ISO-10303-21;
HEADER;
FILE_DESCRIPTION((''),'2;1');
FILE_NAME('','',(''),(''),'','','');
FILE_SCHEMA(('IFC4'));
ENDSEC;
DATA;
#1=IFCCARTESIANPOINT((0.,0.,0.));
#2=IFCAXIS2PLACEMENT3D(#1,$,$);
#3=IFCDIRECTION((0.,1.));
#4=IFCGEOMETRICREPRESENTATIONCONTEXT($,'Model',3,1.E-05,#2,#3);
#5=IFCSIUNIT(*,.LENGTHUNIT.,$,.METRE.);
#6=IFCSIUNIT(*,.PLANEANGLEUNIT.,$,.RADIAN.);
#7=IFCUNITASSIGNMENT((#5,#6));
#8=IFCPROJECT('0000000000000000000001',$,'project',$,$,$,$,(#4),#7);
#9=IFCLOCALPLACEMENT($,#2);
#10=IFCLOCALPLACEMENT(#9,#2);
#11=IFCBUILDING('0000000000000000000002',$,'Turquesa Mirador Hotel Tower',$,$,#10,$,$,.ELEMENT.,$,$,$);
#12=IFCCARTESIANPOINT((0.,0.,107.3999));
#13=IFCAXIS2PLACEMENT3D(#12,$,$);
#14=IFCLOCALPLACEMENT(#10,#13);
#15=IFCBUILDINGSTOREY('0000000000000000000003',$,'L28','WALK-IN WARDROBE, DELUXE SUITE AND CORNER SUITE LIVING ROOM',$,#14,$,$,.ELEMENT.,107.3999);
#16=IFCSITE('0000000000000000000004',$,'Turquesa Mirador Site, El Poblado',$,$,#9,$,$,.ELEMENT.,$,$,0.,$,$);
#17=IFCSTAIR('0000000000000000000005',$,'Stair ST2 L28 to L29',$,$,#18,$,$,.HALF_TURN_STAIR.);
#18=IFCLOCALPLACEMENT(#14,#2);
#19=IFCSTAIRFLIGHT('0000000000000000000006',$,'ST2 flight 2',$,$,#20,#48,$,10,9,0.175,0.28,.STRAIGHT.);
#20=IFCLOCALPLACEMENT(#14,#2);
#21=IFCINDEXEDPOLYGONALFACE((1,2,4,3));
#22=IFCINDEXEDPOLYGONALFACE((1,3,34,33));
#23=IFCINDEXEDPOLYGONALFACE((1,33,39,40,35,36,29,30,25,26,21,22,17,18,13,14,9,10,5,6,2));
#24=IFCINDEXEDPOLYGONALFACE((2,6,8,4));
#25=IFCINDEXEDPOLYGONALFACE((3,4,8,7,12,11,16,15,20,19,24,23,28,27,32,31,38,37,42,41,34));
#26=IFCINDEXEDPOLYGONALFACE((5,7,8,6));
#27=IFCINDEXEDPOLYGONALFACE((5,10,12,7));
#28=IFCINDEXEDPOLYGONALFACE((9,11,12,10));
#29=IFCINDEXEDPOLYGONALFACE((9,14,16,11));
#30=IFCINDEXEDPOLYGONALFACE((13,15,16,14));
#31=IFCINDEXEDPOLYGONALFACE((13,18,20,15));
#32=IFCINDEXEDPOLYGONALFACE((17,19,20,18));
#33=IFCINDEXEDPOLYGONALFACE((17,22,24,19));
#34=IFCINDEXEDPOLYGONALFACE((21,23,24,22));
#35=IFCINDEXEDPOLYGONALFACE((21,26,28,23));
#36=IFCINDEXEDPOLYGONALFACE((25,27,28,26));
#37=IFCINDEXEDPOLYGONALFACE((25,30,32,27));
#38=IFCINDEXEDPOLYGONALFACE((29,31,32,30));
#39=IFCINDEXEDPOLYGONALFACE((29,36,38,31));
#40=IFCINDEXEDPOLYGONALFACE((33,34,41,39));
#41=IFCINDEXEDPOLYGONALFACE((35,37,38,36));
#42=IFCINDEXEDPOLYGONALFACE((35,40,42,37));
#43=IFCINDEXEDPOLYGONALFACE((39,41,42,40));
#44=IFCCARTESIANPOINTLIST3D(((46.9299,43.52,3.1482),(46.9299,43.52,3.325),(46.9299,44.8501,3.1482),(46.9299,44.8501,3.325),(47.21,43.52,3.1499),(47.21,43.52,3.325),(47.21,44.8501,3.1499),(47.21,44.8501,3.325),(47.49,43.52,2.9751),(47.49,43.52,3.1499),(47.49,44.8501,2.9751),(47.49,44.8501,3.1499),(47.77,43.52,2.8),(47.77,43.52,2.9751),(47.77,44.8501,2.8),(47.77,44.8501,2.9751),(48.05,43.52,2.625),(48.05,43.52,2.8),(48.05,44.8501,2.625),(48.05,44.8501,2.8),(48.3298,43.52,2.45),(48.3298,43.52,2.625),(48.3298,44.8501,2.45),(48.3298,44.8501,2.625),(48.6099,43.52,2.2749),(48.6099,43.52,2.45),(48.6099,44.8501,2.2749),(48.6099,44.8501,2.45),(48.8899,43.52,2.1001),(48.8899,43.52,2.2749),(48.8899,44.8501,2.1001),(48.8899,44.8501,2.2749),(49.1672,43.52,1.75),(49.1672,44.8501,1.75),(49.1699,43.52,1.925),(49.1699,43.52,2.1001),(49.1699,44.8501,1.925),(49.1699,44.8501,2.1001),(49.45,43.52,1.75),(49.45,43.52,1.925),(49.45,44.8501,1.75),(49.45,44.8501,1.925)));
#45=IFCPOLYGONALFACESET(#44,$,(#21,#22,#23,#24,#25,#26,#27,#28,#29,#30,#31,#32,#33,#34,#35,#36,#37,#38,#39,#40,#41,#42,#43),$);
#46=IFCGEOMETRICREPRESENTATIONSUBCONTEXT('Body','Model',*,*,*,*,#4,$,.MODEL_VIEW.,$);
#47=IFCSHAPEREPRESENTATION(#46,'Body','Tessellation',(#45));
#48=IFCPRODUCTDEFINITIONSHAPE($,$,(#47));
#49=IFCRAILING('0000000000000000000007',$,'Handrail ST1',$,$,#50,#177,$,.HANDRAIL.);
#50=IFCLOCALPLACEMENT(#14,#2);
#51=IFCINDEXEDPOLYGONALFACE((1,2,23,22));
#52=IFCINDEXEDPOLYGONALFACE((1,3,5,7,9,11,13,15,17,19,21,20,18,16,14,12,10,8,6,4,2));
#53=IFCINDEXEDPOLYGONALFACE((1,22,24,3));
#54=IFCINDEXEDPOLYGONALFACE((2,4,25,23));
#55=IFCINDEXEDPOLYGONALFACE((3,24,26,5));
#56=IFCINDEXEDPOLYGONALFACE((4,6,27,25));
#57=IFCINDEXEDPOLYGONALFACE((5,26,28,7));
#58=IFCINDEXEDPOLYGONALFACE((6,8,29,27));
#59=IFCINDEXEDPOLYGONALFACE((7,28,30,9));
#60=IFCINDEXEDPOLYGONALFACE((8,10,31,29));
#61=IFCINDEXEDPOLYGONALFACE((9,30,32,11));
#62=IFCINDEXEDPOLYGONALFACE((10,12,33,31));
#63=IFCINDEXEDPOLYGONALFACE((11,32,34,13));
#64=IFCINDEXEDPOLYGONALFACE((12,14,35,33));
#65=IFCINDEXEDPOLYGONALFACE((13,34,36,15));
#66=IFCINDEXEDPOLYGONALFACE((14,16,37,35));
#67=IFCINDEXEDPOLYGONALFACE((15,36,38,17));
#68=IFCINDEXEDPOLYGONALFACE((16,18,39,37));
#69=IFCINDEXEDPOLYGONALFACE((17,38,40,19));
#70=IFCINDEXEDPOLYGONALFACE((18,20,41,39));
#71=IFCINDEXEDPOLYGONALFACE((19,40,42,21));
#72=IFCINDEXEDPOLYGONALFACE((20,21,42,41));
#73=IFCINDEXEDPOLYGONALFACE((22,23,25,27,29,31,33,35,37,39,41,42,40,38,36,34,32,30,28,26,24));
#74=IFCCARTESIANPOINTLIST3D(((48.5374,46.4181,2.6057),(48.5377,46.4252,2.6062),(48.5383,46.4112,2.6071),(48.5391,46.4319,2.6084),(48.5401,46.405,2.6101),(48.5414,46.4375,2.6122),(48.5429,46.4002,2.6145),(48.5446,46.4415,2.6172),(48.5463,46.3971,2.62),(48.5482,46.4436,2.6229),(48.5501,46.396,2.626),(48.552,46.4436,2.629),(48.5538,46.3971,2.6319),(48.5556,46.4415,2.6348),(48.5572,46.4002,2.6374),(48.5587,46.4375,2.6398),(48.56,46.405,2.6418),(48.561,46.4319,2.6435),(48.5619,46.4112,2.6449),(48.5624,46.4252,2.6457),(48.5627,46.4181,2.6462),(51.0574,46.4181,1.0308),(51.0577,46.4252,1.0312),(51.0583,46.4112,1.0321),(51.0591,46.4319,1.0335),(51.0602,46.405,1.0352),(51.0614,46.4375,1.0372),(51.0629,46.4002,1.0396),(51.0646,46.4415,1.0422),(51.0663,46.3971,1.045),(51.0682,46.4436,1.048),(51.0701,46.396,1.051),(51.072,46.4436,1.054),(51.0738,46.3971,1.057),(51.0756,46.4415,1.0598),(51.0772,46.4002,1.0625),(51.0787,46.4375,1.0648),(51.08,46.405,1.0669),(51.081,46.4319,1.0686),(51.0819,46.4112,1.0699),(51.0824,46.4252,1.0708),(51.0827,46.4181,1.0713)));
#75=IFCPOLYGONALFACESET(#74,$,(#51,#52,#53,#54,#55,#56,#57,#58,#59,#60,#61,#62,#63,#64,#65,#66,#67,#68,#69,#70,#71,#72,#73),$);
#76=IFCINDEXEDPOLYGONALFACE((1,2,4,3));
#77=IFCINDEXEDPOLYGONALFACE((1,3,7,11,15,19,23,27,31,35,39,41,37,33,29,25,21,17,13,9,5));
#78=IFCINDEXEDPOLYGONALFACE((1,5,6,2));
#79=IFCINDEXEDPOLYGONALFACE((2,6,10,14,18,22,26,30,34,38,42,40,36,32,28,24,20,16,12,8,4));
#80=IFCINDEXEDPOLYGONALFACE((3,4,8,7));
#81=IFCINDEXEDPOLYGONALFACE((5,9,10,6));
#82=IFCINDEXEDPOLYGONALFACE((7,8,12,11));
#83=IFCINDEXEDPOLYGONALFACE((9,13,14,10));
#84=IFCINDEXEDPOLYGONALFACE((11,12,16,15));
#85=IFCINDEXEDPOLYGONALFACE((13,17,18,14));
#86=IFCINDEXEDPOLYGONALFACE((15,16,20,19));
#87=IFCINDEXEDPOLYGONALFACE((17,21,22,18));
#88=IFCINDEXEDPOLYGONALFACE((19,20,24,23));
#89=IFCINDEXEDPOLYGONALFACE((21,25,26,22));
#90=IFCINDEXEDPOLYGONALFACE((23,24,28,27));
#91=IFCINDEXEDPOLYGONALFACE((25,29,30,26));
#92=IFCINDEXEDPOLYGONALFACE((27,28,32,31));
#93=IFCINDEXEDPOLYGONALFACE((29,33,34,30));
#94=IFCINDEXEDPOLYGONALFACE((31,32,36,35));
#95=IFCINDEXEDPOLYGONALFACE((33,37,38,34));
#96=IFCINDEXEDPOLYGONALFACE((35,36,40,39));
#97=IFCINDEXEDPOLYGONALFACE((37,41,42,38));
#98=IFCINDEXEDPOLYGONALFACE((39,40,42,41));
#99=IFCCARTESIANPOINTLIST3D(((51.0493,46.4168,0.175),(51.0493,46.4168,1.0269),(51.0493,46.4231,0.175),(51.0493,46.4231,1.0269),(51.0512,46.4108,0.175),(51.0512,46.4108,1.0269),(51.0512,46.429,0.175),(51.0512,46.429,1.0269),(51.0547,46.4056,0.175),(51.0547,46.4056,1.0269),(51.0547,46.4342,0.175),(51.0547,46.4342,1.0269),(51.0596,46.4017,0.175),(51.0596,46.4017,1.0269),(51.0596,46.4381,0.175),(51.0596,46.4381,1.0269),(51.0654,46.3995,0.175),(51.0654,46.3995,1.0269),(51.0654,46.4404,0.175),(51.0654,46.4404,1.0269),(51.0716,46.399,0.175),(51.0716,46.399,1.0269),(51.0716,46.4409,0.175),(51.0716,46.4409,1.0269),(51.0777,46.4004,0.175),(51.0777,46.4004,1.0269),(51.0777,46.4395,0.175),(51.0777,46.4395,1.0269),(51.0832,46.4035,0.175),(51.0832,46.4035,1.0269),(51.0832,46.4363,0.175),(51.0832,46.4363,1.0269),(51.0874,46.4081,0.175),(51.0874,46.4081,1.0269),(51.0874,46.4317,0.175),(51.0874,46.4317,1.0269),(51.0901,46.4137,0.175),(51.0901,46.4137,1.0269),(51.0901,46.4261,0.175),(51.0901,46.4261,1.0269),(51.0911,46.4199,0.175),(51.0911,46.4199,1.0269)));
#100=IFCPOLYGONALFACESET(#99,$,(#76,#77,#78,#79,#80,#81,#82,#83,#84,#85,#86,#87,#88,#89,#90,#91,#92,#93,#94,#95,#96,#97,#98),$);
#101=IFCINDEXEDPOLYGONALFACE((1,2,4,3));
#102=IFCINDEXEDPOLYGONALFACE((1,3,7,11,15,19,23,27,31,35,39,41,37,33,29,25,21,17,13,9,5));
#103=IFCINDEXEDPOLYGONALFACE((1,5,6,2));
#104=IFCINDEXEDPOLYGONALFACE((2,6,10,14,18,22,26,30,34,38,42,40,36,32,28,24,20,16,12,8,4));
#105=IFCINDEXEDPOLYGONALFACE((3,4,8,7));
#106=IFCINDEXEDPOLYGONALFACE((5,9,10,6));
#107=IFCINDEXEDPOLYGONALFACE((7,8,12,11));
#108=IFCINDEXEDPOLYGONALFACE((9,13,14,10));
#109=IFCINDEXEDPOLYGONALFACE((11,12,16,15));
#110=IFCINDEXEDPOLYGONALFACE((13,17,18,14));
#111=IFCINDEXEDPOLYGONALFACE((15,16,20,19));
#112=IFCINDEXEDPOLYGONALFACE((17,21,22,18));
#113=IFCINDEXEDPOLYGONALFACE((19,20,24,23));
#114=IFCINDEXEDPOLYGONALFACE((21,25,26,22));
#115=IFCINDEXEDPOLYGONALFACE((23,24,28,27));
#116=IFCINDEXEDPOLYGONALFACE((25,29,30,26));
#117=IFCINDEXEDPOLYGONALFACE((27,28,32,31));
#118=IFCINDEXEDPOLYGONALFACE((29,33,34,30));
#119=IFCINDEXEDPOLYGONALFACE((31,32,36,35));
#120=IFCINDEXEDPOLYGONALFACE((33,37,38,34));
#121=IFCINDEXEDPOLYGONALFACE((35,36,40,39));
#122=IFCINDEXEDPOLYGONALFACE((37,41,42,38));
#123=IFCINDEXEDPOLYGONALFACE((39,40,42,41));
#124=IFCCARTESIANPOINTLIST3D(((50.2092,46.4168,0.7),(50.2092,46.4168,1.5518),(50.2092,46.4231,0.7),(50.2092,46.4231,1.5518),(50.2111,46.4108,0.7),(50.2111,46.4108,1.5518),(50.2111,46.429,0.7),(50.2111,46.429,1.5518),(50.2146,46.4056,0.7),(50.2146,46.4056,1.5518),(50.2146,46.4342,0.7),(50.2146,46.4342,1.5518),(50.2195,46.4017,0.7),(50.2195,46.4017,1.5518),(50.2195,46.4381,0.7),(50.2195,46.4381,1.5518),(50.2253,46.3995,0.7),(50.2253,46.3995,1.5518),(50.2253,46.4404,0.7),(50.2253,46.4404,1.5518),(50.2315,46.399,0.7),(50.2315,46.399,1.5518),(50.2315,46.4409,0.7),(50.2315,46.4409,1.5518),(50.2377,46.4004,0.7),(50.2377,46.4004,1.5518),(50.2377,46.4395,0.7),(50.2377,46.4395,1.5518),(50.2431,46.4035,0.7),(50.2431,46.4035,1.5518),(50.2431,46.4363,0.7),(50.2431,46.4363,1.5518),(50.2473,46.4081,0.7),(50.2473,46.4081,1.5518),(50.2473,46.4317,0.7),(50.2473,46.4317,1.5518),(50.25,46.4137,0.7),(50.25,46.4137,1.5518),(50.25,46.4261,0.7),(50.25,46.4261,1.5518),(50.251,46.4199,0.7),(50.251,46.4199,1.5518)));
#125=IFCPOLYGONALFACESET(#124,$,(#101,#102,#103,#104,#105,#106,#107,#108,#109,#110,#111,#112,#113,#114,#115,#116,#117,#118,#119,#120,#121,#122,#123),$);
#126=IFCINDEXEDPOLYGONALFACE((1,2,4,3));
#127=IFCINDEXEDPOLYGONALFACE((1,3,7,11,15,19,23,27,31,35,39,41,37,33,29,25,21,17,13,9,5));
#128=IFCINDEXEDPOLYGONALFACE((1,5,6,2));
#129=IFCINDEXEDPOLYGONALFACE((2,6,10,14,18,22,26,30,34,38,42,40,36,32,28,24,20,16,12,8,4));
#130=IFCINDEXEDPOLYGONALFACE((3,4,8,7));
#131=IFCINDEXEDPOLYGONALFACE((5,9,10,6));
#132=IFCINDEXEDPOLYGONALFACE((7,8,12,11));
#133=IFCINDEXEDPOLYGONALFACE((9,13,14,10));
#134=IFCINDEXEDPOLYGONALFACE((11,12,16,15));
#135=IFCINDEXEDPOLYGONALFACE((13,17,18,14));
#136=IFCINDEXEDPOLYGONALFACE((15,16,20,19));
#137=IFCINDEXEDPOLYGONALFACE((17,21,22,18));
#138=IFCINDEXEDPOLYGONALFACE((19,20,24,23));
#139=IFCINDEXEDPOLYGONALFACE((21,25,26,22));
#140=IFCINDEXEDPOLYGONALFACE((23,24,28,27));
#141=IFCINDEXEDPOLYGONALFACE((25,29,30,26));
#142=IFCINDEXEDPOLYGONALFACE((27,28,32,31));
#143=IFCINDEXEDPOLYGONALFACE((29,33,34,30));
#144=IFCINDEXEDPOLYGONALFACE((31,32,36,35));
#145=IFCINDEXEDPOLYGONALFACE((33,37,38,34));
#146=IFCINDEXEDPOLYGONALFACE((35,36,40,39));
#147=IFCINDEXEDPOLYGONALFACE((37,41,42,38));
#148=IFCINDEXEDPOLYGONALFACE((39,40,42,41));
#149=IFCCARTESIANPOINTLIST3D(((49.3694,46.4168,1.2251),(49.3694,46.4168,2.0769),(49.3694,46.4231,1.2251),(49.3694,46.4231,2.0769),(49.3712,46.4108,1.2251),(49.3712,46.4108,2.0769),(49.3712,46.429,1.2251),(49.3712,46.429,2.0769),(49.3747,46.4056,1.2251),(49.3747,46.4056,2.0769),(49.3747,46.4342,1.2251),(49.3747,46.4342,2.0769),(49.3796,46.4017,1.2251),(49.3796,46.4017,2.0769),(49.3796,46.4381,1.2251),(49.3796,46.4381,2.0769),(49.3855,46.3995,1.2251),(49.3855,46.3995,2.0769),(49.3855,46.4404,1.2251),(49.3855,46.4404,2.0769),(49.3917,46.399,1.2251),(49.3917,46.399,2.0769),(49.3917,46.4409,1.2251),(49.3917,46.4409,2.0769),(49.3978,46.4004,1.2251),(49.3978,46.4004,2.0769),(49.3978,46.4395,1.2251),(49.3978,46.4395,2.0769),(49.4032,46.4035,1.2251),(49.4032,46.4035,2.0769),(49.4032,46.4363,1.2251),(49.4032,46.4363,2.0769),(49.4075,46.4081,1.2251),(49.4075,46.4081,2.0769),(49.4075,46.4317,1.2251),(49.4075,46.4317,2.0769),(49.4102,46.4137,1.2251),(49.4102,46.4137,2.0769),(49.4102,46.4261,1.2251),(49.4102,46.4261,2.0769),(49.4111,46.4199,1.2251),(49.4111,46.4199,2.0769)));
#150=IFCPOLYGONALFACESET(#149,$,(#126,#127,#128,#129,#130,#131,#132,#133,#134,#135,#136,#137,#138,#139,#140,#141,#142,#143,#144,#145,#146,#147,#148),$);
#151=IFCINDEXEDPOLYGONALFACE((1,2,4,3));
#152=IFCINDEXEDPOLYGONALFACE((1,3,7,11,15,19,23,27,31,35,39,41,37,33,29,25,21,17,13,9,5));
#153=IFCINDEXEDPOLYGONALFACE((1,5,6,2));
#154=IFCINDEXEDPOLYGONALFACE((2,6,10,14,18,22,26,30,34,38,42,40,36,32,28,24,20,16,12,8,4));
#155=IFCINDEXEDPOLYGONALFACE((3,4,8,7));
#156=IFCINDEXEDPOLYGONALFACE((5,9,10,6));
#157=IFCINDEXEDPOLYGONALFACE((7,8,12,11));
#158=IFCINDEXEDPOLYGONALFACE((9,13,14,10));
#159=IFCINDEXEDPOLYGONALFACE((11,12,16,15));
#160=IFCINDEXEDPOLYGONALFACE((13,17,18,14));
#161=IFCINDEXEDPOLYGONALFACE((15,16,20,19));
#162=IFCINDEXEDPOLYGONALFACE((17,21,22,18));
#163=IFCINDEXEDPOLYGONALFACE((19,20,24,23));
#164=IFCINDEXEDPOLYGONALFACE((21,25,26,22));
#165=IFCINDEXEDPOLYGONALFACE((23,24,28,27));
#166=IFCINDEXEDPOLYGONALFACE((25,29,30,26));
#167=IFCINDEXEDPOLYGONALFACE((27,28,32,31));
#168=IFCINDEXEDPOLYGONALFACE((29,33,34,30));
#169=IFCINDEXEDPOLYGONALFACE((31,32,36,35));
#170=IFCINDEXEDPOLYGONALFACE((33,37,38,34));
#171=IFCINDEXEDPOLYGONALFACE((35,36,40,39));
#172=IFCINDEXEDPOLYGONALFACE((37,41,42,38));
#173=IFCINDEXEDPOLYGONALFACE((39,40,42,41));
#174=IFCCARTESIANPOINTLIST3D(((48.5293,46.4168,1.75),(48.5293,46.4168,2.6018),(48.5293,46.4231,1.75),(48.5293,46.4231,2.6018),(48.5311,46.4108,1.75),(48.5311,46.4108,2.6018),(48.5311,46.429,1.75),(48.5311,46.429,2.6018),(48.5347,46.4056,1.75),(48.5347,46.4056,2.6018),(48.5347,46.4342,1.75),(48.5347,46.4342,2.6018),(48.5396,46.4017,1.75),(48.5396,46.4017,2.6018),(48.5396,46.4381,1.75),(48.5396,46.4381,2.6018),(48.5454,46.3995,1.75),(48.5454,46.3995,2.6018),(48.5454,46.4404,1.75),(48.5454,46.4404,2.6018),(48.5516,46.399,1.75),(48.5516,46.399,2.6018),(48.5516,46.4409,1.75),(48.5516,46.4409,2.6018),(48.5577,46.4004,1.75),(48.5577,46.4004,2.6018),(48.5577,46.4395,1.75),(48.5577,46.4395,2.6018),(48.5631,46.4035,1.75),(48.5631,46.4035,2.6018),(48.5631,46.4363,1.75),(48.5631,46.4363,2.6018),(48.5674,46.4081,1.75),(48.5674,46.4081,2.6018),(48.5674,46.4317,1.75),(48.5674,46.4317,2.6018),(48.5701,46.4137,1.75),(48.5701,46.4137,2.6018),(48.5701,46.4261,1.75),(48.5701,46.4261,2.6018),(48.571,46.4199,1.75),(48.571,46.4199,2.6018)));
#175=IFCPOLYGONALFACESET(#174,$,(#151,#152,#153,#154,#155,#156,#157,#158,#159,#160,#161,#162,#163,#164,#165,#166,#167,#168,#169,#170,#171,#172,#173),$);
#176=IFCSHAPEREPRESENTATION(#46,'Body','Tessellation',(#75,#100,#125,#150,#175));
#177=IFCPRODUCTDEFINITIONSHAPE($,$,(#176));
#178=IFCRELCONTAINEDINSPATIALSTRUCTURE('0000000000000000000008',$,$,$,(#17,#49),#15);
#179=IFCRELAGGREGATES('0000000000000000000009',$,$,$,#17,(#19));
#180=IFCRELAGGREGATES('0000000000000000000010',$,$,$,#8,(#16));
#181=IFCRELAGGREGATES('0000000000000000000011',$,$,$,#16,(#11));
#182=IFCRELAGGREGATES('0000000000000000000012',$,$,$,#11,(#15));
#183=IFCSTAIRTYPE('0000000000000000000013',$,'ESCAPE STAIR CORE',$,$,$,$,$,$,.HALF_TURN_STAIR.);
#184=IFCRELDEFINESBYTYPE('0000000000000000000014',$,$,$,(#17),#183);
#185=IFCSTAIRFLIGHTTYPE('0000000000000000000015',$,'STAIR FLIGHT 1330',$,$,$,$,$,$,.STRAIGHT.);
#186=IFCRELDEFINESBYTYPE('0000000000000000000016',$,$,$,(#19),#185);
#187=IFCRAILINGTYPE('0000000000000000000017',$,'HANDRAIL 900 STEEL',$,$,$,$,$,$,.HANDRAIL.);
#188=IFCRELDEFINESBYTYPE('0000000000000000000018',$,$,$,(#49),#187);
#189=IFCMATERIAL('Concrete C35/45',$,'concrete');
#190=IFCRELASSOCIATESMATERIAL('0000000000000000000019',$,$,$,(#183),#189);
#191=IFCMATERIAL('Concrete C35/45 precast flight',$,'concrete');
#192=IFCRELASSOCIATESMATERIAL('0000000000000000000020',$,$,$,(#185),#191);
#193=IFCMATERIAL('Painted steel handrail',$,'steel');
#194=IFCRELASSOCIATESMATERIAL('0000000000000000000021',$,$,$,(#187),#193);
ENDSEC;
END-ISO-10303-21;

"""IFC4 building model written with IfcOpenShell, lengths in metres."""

from ifc_helpers import new_model, si_unit, direction, frame, origin, origin_2d, place, context, subcontext, project, spatial, polyline, circle, outline, extrude, material, type_object, element, aggregate, save


model = new_model("IFC4")

# Units and contexts
model_context = context("Model", 3, precision=1e-05, world=origin(), true_north=direction((0.0, 1.0)))
body_context = subcontext(model_context, "Body", "Model", "MODEL_VIEW")
ifc_project = project(units=[si_unit("LENGTHUNIT", "METRE"), si_unit("PLANEANGLEUNIT", "RADIAN")], contexts=[model_context])

# Site, building, storey
site_placement = place(None, origin())
site = spatial("IfcSite", under=ifc_project, at=site_placement, Name="Turquesa Mirador Site, El Poblado", CompositionType="ELEMENT", RefElevation=0.0)
building_placement = place(site_placement, origin())
building = spatial("IfcBuilding", under=site, at=building_placement, Name="Turquesa Mirador Hotel Tower", CompositionType="ELEMENT")
storey_placement = place(building_placement, frame((0.0, 0.0, 107.3999)))
storey = spatial("IfcBuildingStorey", under=building, at=storey_placement, Name="L28", Description="WALK-IN WARDROBE, DELUXE SUITE AND CORNER SUITE LIVING ROOM", CompositionType="ELEMENT", Elevation=107.3999)

# Shared definitions
ifc_material_1 = material(Name="Concrete C35/45", Category="concrete")
stair_type = type_object("IfcStairType", Name="ESCAPE STAIR CORE", PredefinedType="HALF_TURN_STAIR", material=ifc_material_1)
ifc_material_2 = material(Name="Concrete C35/45 precast flight", Category="concrete")
stair_flight_type = type_object("IfcStairFlightType", Name="STAIR FLIGHT 1330", PredefinedType="STRAIGHT", material=ifc_material_2)

# Stair, stair flight
stair_1_placement = place(storey_placement, origin())
stair_1 = element("IfcStair", 1, at=stair_1_placement, inside=storey, type_object=stair_type, Name="Stair ST2 L28 to L29", PredefinedType="HALF_TURN_STAIR")
stair_flight_1_placement = place(storey_placement, frame((49.45, 44.1851, 1.75), z_axis=(0.0, 0.0, 1.0), x_axis=(-1.0, 0.0, 0.0)))
stair_flight_1 = element("IfcStairFlight", 2, at=stair_flight_1_placement, type_object=stair_flight_type, Name="ST2 flight 2", NumberOfRisers=10, NumberOfTreads=9, PredefinedType="STRAIGHT", RiserHeight=0.175, TreadLength=0.28, context=body_context, shape_type="SweptSolid", body=[
    extrude(outline(polyline([(0.0, 0.0), (0.0, 0.175), (0.28, 0.175), (0.28, 0.3501), (0.5601, 0.3501), (0.5601, 0.5249), (0.8401, 0.5249), (0.8401, 0.7), (1.1201, 0.7), (1.1201, 0.875), (1.3999, 0.875), (1.3999, 1.05), (1.6799, 1.05), (1.6799, 1.2251), (1.96, 1.2251), (1.96, 1.3999), (2.24, 1.3999), (2.24, 1.575), (2.52, 1.575), (2.52, 1.75), (2.52, 1.3982), (0.2827, 0.0), (0.0, 0.0)])), frame((0.0, 0.665, 0.0), z_axis=(0.0, -1.0, 0.0), x_axis=(1.0, 0.0, 0.0)), (0.0, 0.0, 1.0), 1.3301),
])
aggregate(stair_1, [stair_flight_1])

# Railing
ifc_material_3 = material(Name="Painted steel handrail", Category="steel")
railing_type = type_object("IfcRailingType", Name="HANDRAIL 900 STEEL", PredefinedType="HANDRAIL", material=ifc_material_3)
railing_1_placement = place(storey_placement, frame((51.0701, 46.4199, 0.175)))
element("IfcRailing", 3, at=railing_1_placement, inside=storey, type_object=railing_type, Name="Handrail ST1", PredefinedType="HANDRAIL", context=body_context, shape_type="SweptSolid", body=[
    extrude(circle(Radius=0.0239, at=origin_2d()), frame((0.0, 0.0, 0.876), z_axis=(-0.848008, 0.0, 0.529984), x_axis=(0.0, -1.0, 0.0)), (0.0, 0.0, 1.0), 2.9717),
    extrude(circle(Radius=0.021, at=origin_2d()), origin(), (0.0, 0.0, 1.0), 0.8518),
    extrude(circle(Radius=0.021, at=origin_2d()), frame((-0.8401, 0.0, 0.5249)), (0.0, 0.0, 1.0), 0.8518),
    extrude(circle(Radius=0.021, at=origin_2d()), frame((-1.6799, 0.0, 1.05)), (0.0, 0.0, 1.0), 0.8518),
    extrude(circle(Radius=0.021, at=origin_2d()), frame((-2.52, 0.0, 1.575)), (0.0, 0.0, 1.0), 0.8518),
])

save(model, "model.ifc")
